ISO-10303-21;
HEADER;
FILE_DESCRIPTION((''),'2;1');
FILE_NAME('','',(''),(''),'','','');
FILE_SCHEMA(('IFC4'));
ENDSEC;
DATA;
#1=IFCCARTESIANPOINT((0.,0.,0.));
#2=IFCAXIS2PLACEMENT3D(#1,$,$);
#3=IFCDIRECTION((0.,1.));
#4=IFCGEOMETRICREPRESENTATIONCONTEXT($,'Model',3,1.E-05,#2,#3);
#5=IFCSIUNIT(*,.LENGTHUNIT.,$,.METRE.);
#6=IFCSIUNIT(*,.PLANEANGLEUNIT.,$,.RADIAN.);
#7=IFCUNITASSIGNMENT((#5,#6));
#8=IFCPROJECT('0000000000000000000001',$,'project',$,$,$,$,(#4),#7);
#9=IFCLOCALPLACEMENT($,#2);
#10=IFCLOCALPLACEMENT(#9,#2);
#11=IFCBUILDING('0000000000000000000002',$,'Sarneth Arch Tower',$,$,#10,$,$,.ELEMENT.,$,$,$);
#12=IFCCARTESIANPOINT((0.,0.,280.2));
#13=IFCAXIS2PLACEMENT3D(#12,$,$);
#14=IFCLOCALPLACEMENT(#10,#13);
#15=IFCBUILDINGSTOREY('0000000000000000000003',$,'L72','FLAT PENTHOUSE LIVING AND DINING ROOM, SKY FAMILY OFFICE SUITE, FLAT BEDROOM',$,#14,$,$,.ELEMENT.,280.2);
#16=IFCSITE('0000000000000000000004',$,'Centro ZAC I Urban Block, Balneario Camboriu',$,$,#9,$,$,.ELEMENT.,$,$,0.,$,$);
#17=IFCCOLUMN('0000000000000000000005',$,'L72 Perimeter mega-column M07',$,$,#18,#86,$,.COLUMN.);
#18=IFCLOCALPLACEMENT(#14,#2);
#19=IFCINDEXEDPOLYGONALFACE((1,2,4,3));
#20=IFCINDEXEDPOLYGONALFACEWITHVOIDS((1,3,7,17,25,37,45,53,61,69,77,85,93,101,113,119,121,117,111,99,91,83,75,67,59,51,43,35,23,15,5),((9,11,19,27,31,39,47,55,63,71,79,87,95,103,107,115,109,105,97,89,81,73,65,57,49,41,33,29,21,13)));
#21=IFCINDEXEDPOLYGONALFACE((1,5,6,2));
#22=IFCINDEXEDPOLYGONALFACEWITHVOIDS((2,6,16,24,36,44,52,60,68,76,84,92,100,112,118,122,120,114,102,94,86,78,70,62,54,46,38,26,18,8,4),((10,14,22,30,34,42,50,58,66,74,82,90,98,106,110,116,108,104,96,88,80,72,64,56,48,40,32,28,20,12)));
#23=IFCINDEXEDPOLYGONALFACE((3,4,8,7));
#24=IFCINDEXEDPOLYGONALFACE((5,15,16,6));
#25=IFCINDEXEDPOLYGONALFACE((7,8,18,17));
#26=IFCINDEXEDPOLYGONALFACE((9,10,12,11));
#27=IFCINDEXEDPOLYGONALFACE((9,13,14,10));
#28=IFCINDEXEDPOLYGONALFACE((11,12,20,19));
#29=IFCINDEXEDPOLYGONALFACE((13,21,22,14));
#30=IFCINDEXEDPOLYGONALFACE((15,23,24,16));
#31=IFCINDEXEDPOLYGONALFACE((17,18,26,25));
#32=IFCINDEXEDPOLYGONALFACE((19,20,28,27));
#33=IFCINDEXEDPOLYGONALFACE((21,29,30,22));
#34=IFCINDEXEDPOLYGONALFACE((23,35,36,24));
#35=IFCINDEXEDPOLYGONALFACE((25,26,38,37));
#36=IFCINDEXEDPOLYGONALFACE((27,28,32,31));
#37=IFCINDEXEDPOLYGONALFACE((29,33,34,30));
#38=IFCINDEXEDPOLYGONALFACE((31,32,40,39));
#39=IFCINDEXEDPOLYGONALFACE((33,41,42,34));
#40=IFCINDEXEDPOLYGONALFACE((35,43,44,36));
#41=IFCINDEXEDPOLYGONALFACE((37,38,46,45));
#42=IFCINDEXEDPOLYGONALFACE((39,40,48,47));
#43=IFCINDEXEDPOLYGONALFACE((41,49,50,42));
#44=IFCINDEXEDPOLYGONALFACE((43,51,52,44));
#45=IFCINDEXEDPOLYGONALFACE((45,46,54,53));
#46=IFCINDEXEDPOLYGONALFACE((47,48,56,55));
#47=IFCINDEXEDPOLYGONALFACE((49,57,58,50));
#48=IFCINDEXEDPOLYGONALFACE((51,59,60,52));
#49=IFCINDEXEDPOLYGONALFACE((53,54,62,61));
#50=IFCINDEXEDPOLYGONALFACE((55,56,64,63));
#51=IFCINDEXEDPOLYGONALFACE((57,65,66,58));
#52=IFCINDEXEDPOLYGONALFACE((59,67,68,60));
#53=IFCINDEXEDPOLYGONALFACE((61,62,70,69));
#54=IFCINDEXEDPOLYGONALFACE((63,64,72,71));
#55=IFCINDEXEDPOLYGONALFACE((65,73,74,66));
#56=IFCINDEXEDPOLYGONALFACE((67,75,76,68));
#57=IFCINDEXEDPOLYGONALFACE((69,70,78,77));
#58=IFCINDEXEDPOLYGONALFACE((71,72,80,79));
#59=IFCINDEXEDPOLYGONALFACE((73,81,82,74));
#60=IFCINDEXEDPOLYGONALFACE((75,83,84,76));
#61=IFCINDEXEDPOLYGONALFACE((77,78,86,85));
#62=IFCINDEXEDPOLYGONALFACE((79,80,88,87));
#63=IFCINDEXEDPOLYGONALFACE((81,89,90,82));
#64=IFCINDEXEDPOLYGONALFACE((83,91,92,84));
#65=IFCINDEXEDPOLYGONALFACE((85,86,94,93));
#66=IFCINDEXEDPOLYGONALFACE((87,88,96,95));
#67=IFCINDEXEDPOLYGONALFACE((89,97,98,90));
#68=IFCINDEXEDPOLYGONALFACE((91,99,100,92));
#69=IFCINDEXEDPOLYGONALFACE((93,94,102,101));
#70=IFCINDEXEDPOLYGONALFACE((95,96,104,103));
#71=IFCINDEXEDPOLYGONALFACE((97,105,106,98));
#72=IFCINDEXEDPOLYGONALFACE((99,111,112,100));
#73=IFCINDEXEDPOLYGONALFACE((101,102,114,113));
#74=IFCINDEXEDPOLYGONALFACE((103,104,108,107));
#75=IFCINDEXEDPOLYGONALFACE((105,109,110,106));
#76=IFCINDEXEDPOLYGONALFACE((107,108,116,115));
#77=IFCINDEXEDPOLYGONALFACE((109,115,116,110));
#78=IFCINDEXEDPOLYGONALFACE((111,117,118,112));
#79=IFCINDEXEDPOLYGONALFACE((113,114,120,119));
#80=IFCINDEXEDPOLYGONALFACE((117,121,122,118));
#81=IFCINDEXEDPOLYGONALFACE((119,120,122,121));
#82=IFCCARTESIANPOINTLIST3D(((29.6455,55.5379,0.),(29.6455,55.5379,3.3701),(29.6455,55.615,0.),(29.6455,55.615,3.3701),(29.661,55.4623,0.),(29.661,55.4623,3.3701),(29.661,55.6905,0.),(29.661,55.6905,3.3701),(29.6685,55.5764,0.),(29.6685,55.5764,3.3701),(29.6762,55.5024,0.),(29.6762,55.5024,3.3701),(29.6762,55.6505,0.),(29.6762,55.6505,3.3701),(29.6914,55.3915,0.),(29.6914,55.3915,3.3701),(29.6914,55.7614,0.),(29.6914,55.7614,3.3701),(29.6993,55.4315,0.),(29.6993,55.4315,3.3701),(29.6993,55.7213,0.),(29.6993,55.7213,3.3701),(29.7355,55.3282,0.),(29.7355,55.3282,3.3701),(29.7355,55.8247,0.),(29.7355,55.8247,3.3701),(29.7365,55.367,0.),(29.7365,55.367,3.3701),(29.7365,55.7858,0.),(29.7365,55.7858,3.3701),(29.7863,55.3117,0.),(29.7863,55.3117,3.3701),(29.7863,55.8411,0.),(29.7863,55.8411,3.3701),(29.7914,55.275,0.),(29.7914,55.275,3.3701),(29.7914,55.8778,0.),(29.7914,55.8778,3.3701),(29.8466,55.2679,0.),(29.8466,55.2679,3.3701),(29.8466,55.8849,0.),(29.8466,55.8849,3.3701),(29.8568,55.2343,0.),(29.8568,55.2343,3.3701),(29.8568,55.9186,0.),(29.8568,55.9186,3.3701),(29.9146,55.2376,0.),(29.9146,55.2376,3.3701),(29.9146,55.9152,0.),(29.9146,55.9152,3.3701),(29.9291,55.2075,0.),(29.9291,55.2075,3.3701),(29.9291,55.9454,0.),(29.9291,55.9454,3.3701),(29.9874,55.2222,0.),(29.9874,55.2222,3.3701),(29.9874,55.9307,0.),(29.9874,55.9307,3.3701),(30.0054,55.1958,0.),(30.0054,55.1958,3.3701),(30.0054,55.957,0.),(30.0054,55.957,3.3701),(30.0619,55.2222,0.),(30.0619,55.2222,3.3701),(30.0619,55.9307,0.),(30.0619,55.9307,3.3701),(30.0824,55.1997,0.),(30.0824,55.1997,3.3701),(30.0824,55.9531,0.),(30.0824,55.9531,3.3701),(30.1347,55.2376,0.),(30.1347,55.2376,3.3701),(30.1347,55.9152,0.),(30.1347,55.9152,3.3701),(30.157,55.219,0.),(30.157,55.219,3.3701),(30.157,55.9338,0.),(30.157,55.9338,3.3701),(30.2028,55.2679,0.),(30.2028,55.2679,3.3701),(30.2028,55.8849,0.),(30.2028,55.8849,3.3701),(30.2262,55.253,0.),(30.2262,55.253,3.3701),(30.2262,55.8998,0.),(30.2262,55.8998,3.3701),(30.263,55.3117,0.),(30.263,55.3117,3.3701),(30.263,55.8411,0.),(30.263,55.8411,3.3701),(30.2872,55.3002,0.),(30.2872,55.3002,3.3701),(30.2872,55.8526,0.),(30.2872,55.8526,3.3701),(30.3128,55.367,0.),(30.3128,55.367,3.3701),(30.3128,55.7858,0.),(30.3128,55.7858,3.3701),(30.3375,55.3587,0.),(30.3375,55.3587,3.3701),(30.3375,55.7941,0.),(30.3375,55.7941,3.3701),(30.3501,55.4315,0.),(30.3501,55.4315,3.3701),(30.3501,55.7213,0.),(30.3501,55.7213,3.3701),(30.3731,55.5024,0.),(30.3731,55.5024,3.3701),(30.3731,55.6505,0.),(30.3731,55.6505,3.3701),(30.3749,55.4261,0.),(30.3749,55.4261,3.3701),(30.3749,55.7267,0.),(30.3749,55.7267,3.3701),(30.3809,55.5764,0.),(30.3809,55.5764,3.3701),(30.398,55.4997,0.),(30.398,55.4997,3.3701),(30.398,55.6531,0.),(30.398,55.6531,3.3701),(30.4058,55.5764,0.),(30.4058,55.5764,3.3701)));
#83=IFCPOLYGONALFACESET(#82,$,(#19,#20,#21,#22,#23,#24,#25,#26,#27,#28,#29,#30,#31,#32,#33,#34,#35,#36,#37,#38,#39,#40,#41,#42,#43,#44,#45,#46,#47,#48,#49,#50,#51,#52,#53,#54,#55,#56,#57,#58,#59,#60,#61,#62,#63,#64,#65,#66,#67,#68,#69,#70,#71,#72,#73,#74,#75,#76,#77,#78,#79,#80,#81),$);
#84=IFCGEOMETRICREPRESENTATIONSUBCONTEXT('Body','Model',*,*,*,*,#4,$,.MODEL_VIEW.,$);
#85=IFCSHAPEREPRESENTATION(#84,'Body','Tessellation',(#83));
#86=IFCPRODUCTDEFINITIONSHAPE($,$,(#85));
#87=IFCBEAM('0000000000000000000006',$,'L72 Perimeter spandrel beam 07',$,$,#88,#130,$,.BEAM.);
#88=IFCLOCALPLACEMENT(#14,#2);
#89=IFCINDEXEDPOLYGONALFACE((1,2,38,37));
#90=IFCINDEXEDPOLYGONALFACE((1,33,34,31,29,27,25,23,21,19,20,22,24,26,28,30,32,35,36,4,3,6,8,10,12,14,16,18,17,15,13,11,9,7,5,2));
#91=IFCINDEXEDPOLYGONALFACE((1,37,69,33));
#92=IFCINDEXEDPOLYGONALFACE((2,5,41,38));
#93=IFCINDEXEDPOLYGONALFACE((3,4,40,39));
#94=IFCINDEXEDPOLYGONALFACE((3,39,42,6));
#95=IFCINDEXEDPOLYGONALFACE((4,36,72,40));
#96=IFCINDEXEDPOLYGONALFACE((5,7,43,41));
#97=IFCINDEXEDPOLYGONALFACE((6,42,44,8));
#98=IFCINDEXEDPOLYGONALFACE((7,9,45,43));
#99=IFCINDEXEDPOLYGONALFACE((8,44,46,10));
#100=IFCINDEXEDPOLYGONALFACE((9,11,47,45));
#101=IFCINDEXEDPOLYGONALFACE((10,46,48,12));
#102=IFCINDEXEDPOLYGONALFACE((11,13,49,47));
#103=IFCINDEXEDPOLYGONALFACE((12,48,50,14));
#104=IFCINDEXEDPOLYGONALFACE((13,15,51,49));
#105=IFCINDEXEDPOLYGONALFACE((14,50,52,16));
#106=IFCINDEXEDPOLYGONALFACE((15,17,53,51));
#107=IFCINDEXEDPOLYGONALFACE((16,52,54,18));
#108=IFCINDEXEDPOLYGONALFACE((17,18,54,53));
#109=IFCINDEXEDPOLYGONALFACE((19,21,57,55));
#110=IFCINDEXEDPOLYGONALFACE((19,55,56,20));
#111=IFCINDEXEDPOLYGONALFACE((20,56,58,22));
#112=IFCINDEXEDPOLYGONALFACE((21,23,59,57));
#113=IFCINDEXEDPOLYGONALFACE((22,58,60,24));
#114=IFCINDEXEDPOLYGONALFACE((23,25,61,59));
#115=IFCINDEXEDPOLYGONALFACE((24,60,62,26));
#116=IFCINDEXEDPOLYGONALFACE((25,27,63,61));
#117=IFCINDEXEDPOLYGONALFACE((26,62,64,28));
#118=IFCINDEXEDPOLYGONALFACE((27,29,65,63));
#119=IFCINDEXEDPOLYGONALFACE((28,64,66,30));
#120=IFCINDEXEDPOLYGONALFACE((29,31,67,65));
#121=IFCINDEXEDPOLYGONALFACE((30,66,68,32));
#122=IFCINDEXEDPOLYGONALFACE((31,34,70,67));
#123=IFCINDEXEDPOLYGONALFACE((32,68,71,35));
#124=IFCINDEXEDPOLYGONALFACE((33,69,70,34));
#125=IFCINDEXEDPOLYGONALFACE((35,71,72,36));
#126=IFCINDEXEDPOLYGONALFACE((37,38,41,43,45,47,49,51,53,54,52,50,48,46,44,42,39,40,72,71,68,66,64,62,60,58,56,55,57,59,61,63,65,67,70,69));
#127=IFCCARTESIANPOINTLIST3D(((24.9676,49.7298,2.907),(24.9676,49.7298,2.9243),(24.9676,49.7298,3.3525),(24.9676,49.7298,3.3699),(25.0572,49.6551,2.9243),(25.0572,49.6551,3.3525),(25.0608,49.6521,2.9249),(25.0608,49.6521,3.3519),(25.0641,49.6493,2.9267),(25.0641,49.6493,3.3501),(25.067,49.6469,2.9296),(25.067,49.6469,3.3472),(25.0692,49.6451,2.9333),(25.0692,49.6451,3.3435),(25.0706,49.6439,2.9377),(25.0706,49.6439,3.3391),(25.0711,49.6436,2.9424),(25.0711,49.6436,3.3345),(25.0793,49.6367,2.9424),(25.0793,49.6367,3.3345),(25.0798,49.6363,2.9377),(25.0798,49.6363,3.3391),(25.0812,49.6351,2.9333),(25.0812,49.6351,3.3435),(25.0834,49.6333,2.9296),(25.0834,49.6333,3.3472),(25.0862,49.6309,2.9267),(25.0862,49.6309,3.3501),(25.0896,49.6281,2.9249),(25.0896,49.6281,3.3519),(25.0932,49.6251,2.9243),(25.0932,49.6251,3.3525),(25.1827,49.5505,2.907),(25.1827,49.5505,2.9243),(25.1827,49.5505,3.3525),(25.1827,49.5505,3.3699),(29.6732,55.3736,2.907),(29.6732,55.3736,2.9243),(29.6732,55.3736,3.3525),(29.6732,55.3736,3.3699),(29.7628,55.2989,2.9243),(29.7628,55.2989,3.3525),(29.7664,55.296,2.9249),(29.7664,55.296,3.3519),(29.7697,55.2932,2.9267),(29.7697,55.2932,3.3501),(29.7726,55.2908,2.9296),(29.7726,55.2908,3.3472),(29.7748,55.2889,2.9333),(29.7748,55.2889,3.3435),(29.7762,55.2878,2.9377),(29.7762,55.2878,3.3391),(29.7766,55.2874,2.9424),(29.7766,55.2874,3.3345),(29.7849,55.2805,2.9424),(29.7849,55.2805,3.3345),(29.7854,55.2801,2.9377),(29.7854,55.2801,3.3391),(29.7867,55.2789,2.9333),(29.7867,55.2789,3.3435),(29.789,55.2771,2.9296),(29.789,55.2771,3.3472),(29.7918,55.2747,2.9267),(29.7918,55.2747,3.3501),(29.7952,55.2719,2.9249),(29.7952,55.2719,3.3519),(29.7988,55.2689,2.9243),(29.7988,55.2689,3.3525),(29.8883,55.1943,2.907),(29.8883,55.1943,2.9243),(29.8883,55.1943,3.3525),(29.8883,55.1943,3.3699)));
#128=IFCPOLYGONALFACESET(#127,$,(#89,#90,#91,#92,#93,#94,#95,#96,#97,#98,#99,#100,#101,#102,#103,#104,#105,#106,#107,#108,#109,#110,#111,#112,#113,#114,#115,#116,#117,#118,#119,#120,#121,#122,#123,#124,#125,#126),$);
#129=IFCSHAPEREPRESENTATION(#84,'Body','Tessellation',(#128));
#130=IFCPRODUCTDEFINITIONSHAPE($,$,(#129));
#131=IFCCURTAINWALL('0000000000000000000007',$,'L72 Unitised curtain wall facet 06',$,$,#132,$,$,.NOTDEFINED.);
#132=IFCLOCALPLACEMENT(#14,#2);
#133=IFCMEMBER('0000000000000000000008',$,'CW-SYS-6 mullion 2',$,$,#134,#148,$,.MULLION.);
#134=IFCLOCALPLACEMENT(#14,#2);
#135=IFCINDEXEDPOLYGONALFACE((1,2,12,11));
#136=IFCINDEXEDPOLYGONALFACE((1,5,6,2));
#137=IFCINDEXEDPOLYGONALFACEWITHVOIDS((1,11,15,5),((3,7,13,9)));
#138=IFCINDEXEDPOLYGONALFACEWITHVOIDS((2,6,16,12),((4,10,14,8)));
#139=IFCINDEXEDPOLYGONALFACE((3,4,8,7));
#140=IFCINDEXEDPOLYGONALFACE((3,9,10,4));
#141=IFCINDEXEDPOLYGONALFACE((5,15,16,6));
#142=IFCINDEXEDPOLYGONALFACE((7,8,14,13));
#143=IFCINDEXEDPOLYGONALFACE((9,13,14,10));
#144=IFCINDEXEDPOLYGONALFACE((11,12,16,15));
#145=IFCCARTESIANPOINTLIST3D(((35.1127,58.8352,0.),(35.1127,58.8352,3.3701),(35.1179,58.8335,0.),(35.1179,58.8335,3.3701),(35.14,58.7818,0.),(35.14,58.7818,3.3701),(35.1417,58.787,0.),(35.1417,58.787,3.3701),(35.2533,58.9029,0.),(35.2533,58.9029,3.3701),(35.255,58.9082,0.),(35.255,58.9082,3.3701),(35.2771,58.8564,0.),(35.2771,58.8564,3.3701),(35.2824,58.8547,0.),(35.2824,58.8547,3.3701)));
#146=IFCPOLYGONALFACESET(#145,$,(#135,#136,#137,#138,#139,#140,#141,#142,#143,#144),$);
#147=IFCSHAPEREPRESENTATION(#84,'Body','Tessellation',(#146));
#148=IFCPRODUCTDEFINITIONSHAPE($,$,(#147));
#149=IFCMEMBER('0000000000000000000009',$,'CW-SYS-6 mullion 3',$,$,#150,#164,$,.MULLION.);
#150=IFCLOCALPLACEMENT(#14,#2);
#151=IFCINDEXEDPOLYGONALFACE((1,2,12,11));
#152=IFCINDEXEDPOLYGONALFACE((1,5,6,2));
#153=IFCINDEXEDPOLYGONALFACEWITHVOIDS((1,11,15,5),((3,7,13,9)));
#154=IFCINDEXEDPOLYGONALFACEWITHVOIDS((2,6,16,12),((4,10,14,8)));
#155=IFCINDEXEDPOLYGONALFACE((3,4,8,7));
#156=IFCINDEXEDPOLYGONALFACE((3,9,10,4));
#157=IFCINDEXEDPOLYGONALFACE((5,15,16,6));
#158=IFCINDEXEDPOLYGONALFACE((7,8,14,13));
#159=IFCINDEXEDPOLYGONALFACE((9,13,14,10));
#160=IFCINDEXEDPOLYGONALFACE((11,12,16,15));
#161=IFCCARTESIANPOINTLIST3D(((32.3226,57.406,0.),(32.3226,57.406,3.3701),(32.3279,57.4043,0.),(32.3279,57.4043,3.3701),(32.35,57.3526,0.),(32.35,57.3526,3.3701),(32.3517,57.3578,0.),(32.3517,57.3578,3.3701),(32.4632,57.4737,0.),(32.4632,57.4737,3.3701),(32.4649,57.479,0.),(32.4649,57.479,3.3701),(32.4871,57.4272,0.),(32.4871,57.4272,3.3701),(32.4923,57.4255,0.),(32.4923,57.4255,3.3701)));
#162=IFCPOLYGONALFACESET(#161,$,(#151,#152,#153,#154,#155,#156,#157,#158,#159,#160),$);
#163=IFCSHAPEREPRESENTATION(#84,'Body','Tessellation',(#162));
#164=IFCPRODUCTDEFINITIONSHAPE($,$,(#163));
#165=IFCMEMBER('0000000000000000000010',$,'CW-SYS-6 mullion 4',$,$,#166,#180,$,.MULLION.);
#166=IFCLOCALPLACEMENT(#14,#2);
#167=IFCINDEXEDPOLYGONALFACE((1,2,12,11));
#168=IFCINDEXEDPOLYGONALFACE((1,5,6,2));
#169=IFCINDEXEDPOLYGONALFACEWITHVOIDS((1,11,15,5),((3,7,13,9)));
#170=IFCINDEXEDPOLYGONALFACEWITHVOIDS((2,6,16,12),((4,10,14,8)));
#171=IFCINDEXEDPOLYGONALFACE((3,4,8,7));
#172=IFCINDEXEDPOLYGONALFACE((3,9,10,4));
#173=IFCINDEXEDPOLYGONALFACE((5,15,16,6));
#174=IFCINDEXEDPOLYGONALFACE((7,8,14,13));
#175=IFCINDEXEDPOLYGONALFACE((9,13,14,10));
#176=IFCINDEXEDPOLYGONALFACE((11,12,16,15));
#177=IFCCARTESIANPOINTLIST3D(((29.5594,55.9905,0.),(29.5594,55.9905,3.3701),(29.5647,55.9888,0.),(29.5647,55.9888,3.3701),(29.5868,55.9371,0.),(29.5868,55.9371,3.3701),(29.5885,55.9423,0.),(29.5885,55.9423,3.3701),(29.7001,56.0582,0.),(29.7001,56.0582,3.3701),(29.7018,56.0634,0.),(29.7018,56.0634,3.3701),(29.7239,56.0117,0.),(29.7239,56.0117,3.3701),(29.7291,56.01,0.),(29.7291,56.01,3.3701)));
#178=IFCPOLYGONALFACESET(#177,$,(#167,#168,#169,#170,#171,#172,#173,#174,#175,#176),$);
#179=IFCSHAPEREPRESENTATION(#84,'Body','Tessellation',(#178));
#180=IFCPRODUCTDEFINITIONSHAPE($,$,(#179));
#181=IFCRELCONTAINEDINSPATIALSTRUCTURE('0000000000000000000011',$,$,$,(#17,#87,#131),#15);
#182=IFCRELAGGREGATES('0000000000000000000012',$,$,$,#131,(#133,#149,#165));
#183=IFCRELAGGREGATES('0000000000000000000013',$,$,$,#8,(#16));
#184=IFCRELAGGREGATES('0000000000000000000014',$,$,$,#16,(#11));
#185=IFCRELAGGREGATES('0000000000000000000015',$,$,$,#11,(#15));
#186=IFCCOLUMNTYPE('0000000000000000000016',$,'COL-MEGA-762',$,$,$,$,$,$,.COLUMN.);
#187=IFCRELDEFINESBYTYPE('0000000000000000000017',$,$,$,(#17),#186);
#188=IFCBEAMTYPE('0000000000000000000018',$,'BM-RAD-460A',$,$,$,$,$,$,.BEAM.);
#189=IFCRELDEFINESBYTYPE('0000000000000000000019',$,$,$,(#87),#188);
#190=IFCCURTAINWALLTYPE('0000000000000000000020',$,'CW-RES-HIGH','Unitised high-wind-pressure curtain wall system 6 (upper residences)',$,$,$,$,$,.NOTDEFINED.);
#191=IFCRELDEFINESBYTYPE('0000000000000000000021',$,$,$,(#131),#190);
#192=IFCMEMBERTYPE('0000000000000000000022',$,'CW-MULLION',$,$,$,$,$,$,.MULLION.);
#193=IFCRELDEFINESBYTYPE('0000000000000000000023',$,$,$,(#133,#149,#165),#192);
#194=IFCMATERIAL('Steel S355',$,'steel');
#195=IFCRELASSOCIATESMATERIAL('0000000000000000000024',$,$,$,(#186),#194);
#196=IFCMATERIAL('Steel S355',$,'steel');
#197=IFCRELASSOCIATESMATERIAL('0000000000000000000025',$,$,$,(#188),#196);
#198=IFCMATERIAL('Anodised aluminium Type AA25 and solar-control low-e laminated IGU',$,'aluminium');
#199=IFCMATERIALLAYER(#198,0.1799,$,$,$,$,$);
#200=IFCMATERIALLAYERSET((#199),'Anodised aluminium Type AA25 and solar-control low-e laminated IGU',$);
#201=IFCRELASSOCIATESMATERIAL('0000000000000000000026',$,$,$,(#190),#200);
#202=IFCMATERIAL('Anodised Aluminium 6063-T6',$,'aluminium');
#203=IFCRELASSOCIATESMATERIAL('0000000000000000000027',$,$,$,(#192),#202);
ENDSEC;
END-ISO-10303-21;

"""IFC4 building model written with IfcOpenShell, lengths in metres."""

from ifc_helpers import new_model, si_unit, direction, frame, origin, origin_2d, place, context, subcontext, project, spatial, hollow_rectangle, hollow_circle, i_section, extrude, material, layer, layer_set, material_profile, profile_set, type_object, element, aggregate, save


model = new_model("IFC4")

# Units and contexts
model_context = context("Model", 3, precision=1e-05, world=origin(), true_north=direction((0.0, 1.0)))
body_context = subcontext(model_context, "Body", "Model", "MODEL_VIEW")
ifc_project = project(units=[si_unit("LENGTHUNIT", "METRE"), si_unit("PLANEANGLEUNIT", "RADIAN")], contexts=[model_context])

# Site, building, storey
site_placement = place(None, origin())
site = spatial("IfcSite", under=ifc_project, at=site_placement, Name="Centro ZAC I Urban Block, Balneario Camboriu", CompositionType="ELEMENT", RefElevation=0.0)
building_placement = place(site_placement, origin())
building = spatial("IfcBuilding", under=site, at=building_placement, Name="Sarneth Arch Tower", CompositionType="ELEMENT")
storey_placement = place(building_placement, frame((0.0, 0.0, 280.2)))
storey = spatial("IfcBuildingStorey", under=building, at=storey_placement, Name="L72", Description="FLAT PENTHOUSE LIVING AND DINING ROOM, SKY FAMILY OFFICE SUITE, FLAT BEDROOM", CompositionType="ELEMENT", Elevation=280.2)

# Column
ifc_material_1 = material(Name="Steel S355", Category="steel")
ifc_material_profile_1 = material_profile(ifc_material_1, hollow_circle(Radius=0.3811, WallThickness=0.0249, at=origin_2d()), Name="CHS762x25")
ifc_profile_set_1 = profile_set([ifc_material_profile_1], Name="Steel S355")
column_type = type_object("IfcColumnType", Name="COL-MEGA-762", PredefinedType="COLUMN", material=ifc_profile_set_1)
column_placement = place(storey_placement, frame((30.0247, 55.5764, 0.0), z_axis=(0.0, 0.0, 1.0), x_axis=(1.0, 0.0, 0.0)))
element("IfcColumn", 1, at=column_placement, inside=storey, type_object=column_type, Name="L72 Perimeter mega-column M07", PredefinedType="COLUMN", context=body_context, shape_type="SweptSolid", body=[
    extrude(hollow_circle(Radius=0.3811, WallThickness=0.0249, at=origin_2d()), origin(), (0.0, 0.0, 1.0), 3.3701),
])

# Beam
ifc_material_2 = material(Name="Steel S355", Category="steel")
ifc_material_profile_2 = material_profile(ifc_material_2, i_section(OverallWidth=0.28, OverallDepth=0.4629, WebThickness=0.0107, FlangeThickness=0.0173, FilletRadius=0.0181, at=origin_2d()), Name="W460x113")
ifc_profile_set_2 = profile_set([ifc_material_profile_2], Name="Steel S355")
beam_type = type_object("IfcBeamType", Name="BM-RAD-460A", PredefinedType="BEAM", material=ifc_profile_set_2)
beam_placement = place(storey_placement, frame((29.7808, 55.2839, 3.1384), z_axis=(-0.640377, -0.768061, 0.0), x_axis=(0.768061, -0.640377, 0.0)))
element("IfcBeam", 2, at=beam_placement, inside=storey, type_object=beam_type, Name="L72 Perimeter spandrel beam 07", PredefinedType="BEAM", context=body_context, shape_type="SweptSolid", body=[
    extrude(i_section(OverallWidth=0.28, OverallDepth=0.4629, WebThickness=0.0107, FlangeThickness=0.0173, FilletRadius=0.0181, at=origin_2d()), origin(), (0.0, 0.0, 1.0), 7.3481),
])

# Curtain wall, members
ifc_material_3 = material(Name="Anodised aluminium Type AA25 and solar-control low-e laminated IGU", Category="aluminium")
ifc_layer_1 = layer(ifc_material_3, 0.1799)
ifc_layer_set_1 = layer_set([ifc_layer_1], Name="Anodised aluminium Type AA25 and solar-control low-e laminated IGU")
curtain_wall_type = type_object("IfcCurtainWallType", Name="CW-RES-HIGH", Description="Unitised high-wind-pressure curtain wall system 6 (upper residences)", PredefinedType="NOTDEFINED", material=ifc_layer_set_1)
curtain_wall_placement = place(storey_placement, origin())
curtain_wall = element("IfcCurtainWall", 3, at=curtain_wall_placement, inside=storey, type_object=curtain_wall_type, Name="L72 Unitised curtain wall facet 06", PredefinedType="NOTDEFINED")
ifc_material_4 = material(Name="Anodised Aluminium 6063-T6", Category="aluminium")
ifc_material_profile_3 = material_profile(ifc_material_4, hollow_rectangle(XDim=0.0601, YDim=0.1599, WallThickness=0.0039, at=origin_2d()), Name="AL-MULL-160x60x4")
ifc_profile_set_3 = profile_set([ifc_material_profile_3], Name="Anodised Aluminium 6063-T6")
member_type_1 = type_object("IfcMemberType", Name="CW-MULLION", PredefinedType="MULLION", material=ifc_profile_set_3)
member_1_placement = place(storey_placement, frame((35.1975, 58.845, 0.0), z_axis=(0.0, 0.0, 1.0), x_axis=(0.455942, -0.89001, 0.0)))
member_1 = element("IfcMember", 4, at=member_1_placement, type_object=member_type_1, Name="CW-SYS-6 mullion 2", PredefinedType="MULLION", context=body_context, shape_type="SweptSolid", body=[
    extrude(hollow_rectangle(XDim=0.0601, YDim=0.1599, WallThickness=0.0039, at=origin_2d()), origin(), (0.0, 0.0, 1.0), 3.3701),
])
member_2_placement = place(storey_placement, frame((32.4075, 57.4158, 0.0), z_axis=(0.0, 0.0, 1.0), x_axis=(0.455942, -0.89001, 0.0)))
member_2 = element("IfcMember", 5, at=member_2_placement, type_object=member_type_1, Name="CW-SYS-6 mullion 3", PredefinedType="MULLION", context=body_context, shape_type="SweptSolid", body=[
    extrude(hollow_rectangle(XDim=0.0601, YDim=0.1599, WallThickness=0.0039, at=origin_2d()), origin(), (0.0, 0.0, 1.0), 3.3701),
])
member_3_placement = place(storey_placement, frame((29.6443, 56.0002, 0.0), z_axis=(0.0, 0.0, 1.0), x_axis=(0.455942, -0.89001, 0.0)))
member_3 = element("IfcMember", 6, at=member_3_placement, type_object=member_type_1, Name="CW-SYS-6 mullion 4", PredefinedType="MULLION", context=body_context, shape_type="SweptSolid", body=[
    extrude(hollow_rectangle(XDim=0.0601, YDim=0.1599, WallThickness=0.0039, at=origin_2d()), origin(), (0.0, 0.0, 1.0), 3.3701),
])

aggregate(curtain_wall, [member_1, member_2, member_3])

save(model, "model.ifc")
